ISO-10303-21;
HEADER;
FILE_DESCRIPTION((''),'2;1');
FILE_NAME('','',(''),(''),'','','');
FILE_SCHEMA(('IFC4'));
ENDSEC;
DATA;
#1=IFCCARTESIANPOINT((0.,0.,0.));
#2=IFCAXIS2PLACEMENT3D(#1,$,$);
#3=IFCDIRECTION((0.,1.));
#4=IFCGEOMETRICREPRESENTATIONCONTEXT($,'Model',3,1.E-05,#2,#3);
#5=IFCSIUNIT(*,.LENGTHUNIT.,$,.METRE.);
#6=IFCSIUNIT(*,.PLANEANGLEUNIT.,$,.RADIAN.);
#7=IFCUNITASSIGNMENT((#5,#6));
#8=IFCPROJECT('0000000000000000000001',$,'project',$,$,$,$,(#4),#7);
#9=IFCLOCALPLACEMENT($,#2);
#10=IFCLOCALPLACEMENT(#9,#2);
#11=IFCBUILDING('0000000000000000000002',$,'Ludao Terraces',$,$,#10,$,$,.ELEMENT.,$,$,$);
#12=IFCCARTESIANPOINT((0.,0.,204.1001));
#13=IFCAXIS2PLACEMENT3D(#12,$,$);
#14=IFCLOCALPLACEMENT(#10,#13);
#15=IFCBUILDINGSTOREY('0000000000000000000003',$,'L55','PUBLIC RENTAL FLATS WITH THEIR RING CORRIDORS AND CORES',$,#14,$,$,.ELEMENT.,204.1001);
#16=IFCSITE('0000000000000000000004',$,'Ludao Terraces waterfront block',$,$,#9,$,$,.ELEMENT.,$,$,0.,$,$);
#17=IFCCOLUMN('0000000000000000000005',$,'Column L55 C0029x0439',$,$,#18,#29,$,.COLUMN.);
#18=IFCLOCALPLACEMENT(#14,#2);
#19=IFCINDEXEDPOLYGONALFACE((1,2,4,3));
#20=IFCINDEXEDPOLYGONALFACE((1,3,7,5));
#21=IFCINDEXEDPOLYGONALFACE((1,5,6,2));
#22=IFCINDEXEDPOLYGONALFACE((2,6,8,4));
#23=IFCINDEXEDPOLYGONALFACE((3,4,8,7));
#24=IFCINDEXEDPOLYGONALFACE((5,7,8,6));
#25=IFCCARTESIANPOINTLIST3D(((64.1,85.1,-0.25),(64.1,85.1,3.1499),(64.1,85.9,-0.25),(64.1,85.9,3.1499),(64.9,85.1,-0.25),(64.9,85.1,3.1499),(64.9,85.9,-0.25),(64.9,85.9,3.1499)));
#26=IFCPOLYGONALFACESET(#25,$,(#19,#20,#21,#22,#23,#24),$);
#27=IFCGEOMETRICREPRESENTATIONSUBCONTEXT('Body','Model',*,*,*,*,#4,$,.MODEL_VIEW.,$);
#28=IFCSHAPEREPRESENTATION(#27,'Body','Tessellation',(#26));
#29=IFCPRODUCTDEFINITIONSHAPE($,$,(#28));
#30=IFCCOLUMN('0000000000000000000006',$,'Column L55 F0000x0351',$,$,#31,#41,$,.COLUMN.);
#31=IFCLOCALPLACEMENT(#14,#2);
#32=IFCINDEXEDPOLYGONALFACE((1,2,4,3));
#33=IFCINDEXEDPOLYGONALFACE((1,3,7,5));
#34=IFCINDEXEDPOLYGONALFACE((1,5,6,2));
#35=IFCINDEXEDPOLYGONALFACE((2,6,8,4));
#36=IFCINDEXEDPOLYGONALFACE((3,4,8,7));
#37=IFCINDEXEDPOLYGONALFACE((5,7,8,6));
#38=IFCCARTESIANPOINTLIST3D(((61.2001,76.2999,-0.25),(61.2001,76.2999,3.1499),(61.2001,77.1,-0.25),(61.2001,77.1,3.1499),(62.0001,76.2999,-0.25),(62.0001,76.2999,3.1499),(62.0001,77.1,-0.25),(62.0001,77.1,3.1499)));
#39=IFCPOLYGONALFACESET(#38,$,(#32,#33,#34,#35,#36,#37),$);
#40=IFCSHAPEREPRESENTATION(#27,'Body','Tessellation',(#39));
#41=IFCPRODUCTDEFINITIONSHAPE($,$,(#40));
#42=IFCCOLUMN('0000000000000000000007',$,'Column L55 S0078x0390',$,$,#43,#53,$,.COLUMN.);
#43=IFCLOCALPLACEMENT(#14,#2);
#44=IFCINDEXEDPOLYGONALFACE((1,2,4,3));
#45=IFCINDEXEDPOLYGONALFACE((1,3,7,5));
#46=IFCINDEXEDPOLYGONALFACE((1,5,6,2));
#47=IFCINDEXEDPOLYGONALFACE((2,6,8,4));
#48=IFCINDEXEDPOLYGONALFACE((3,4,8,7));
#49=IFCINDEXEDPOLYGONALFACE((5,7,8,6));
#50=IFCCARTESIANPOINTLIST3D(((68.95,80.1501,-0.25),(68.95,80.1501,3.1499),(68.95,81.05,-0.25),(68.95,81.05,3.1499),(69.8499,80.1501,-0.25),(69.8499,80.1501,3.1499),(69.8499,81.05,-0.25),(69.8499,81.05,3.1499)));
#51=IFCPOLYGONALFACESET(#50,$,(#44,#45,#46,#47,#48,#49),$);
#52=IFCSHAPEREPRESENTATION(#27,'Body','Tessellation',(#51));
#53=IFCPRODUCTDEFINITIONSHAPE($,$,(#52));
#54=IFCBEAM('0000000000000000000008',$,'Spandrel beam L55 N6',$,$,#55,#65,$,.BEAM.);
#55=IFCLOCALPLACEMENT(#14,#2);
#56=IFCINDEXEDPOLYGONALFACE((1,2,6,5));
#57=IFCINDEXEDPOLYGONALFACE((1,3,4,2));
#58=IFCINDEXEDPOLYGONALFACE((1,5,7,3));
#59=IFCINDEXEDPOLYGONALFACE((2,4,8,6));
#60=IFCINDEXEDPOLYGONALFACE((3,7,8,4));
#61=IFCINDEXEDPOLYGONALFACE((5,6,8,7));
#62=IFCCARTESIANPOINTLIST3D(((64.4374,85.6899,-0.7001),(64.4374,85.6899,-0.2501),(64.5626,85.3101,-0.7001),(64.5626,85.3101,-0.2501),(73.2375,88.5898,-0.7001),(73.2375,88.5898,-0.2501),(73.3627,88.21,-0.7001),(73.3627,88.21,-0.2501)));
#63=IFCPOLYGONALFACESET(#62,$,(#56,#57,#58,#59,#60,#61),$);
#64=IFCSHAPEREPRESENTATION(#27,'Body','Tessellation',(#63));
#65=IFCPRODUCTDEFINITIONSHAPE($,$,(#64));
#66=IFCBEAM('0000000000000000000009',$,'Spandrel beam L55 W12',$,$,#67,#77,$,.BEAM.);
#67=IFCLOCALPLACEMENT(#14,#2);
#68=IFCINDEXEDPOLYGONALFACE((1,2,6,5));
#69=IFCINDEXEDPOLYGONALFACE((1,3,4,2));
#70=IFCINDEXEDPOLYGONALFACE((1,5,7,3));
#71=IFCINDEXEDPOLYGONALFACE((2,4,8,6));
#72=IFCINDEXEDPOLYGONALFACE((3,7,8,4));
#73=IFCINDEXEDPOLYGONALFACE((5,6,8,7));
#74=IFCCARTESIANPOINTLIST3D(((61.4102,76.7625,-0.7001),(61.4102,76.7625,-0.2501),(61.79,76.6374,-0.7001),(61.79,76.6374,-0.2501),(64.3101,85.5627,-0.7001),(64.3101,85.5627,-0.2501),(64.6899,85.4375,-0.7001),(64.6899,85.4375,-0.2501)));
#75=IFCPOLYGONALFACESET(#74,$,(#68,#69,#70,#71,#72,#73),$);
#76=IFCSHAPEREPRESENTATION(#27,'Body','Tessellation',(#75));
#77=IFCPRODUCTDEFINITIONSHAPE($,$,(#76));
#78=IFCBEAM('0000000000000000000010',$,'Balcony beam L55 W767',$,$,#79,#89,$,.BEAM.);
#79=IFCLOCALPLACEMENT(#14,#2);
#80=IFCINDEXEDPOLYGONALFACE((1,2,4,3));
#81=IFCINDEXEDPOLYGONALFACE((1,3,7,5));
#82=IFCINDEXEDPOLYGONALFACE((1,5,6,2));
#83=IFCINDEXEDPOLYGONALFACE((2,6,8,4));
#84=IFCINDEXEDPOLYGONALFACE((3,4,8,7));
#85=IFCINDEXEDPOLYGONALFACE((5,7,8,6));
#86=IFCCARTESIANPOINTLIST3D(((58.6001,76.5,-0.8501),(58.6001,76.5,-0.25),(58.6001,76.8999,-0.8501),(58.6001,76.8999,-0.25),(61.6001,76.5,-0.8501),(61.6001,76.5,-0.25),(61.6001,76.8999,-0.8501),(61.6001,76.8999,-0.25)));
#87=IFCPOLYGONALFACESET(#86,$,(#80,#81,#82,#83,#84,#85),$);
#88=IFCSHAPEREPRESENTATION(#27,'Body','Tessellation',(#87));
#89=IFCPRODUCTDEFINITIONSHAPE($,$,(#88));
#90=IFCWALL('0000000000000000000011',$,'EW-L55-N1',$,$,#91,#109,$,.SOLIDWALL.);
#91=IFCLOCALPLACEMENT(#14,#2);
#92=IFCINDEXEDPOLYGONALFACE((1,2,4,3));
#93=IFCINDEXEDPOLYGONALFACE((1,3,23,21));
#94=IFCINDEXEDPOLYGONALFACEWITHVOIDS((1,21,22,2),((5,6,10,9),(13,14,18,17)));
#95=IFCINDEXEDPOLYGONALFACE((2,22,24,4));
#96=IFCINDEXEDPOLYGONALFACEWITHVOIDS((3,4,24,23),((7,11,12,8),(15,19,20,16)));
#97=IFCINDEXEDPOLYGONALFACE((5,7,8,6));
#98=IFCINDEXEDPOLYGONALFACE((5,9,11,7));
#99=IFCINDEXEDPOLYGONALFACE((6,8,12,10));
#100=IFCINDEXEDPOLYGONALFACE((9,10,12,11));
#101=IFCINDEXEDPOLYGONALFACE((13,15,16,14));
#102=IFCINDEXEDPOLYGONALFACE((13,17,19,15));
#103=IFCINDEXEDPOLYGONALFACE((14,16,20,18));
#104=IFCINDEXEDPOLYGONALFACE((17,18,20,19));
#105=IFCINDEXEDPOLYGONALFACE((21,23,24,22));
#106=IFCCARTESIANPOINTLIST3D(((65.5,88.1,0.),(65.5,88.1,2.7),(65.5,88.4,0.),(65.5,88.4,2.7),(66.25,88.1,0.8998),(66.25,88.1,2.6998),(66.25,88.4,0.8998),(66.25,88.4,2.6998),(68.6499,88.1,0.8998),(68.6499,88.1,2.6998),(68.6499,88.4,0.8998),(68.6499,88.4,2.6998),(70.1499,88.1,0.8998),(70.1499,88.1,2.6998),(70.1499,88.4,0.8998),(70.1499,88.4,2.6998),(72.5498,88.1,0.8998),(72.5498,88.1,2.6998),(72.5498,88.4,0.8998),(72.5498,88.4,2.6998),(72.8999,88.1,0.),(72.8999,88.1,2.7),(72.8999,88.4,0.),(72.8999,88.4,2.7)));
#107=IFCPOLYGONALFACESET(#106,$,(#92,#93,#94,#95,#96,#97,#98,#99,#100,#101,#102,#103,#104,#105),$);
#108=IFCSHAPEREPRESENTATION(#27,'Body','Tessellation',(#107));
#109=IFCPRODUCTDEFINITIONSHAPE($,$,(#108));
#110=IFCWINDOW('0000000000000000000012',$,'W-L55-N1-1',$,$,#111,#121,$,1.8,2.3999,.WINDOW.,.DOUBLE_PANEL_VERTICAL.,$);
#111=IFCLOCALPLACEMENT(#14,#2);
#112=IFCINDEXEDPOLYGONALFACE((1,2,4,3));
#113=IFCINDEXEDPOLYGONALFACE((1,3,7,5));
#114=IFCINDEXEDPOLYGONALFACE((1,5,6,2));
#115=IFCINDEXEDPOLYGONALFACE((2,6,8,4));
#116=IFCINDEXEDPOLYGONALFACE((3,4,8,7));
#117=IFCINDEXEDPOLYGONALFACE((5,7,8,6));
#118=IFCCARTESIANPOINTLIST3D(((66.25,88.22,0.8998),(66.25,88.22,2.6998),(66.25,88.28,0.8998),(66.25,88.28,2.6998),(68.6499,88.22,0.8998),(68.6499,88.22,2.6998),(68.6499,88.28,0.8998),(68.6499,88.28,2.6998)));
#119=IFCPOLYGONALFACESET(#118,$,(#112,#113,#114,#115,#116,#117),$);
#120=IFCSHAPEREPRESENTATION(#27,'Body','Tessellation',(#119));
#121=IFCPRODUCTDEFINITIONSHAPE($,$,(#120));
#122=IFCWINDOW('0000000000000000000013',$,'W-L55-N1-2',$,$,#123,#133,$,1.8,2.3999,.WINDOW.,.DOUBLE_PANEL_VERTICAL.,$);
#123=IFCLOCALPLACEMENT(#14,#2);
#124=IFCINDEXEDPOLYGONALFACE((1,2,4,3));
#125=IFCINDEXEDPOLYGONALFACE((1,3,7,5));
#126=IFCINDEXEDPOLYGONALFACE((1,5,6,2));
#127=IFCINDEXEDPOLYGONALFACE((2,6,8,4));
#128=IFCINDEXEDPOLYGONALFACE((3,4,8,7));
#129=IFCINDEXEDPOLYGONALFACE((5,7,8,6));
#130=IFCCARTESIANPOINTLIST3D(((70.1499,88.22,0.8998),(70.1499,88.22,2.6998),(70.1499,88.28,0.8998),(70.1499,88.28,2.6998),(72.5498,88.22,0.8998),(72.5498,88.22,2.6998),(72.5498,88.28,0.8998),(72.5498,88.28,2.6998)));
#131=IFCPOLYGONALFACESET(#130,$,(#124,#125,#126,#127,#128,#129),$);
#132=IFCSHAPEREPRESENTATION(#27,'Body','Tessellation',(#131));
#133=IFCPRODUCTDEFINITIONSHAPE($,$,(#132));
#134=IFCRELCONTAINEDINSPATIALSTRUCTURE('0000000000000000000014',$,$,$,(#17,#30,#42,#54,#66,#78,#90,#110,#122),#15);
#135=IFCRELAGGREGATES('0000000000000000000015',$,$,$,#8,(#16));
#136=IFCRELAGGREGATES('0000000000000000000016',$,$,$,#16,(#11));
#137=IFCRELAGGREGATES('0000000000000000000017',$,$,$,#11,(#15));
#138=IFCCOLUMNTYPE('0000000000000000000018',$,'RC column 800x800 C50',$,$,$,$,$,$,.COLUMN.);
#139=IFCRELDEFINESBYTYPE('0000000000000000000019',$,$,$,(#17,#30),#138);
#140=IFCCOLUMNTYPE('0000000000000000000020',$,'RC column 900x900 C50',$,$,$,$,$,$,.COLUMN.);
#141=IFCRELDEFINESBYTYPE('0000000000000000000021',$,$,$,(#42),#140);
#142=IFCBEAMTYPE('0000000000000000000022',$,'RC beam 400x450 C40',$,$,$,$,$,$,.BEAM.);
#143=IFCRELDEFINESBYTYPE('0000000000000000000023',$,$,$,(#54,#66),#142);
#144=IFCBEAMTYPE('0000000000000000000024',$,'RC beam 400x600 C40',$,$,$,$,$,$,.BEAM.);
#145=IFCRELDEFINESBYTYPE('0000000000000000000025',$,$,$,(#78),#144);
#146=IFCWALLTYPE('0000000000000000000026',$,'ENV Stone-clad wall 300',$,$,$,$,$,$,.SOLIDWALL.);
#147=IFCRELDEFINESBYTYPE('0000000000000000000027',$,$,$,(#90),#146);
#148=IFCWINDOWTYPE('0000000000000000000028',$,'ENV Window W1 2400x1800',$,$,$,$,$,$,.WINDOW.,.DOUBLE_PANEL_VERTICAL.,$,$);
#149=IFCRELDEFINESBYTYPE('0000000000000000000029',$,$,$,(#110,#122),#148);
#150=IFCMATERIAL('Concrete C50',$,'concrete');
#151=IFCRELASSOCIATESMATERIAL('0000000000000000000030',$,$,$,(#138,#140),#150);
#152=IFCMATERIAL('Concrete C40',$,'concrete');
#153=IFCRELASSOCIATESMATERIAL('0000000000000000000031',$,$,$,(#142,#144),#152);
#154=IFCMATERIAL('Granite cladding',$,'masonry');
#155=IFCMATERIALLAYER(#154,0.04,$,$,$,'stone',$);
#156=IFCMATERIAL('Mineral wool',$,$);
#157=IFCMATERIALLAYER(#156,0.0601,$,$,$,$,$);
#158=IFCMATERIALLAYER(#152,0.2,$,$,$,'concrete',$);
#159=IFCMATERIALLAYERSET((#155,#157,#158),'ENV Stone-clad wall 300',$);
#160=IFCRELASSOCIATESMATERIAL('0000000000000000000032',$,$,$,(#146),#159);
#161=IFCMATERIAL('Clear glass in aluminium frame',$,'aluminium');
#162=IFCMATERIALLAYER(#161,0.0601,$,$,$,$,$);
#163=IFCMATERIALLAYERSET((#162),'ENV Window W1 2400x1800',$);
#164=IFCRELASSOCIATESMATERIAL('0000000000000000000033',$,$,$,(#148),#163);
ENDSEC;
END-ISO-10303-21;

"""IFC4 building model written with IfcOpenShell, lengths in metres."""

from ifc_helpers import new_model, si_unit, direction, frame, frame_2d, origin, origin_2d, place, context, subcontext, project, spatial, rectangle, extrude, material, layer, layer_set, material_profile, profile_set, type_object, element, fill, save


model = new_model("IFC4")

# Units and contexts
model_context = context("Model", 3, precision=1e-05, world=origin(), true_north=direction((0.0, 1.0)))
body_context = subcontext(model_context, "Body", "Model", "MODEL_VIEW")
ifc_project = project(units=[si_unit("LENGTHUNIT", "METRE"), si_unit("PLANEANGLEUNIT", "RADIAN")], contexts=[model_context])

# Site, building, storey
site_placement = place(None, origin())
site = spatial("IfcSite", under=ifc_project, at=site_placement, Name="Ludao Terraces waterfront block", CompositionType="ELEMENT", RefElevation=0.0)
building_placement = place(site_placement, origin())
building = spatial("IfcBuilding", under=site, at=building_placement, Name="Ludao Terraces", CompositionType="ELEMENT")
storey_placement = place(building_placement, frame((0.0, 0.0, 204.1001)))
storey = spatial("IfcBuildingStorey", under=building, at=storey_placement, Name="L55", Description="PUBLIC RENTAL FLATS WITH THEIR RING CORRIDORS AND CORES", CompositionType="ELEMENT", Elevation=204.1001)

# Columns
ifc_material_1 = material(Name="Concrete C50", Category="concrete")
ifc_material_profile_1 = material_profile(ifc_material_1, rectangle(XDim=0.8, YDim=0.8, at=origin_2d()), Name="800 X 800")
ifc_profile_set_1 = profile_set([ifc_material_profile_1], Name="Concrete C50")
column_type_1 = type_object("IfcColumnType", Name="RC column 800x800 C50", PredefinedType="COLUMN", material=ifc_profile_set_1)
for number, where, z_axis, x_axis, name in (
    (1, (64.5, 85.5, -0.25), (0.0, 0.0, 1.0), (1.0, 0.0, 0.0), "Column L55 C0029x0439"),
    (2, (61.6001, 76.7, -0.25), (0.0, 0.0, 1.0), (1.0, 0.0, 0.0), "Column L55 F0000x0351"),
):
    element("IfcColumn", number, at=place(storey_placement, frame(where, z_axis=z_axis, x_axis=x_axis)), inside=storey, type_object=column_type_1, Name=name, PredefinedType="COLUMN", context=body_context, shape_type="SweptSolid", body=[
        extrude(rectangle(XDim=0.8, YDim=0.8, at=origin_2d()), origin(), (0.0, 0.0, 1.0), 3.3999),
    ])
ifc_material_profile_2 = material_profile(ifc_material_1, rectangle(XDim=0.8999, YDim=0.8999, at=origin_2d()), Name="900 X 900")
ifc_profile_set_2 = profile_set([ifc_material_profile_2], Name="Concrete C50")
column_type_2 = type_object("IfcColumnType", Name="RC column 900x900 C50", PredefinedType="COLUMN", material=ifc_profile_set_2)
column_placement = place(storey_placement, frame((69.3999, 80.6001, -0.25), z_axis=(0.0, 0.0, 1.0), x_axis=(1.0, 0.0, 0.0)))
element("IfcColumn", 3, at=column_placement, inside=storey, type_object=column_type_2, Name="Column L55 S0078x0390", PredefinedType="COLUMN", context=body_context, shape_type="SweptSolid", body=[
    extrude(rectangle(XDim=0.8999, YDim=0.8999, at=origin_2d()), origin(), (0.0, 0.0, 1.0), 3.3999),
])

# Beams
ifc_material_2 = material(Name="Concrete C40", Category="concrete")
ifc_material_profile_3 = material_profile(ifc_material_2, rectangle(XDim=0.3999, YDim=0.45, at=origin_2d()), Name="400 X 450")
ifc_profile_set_3 = profile_set([ifc_material_profile_3], Name="Concrete C40")
beam_type_1 = type_object("IfcBeamType", Name="RC beam 400x450 C40", PredefinedType="BEAM", material=ifc_profile_set_3)
for number, where, z_axis, x_axis, name in (
    (4, (64.5, 85.5, -0.4751), (0.949761, 0.312977, 0.0), (-0.312977, 0.949761, 0.0), "Spandrel beam L55 N6"),
    (5, (61.6001, 76.7, -0.4751), (0.312977, 0.949761, 0.0), (-0.949761, 0.312977, 0.0), "Spandrel beam L55 W12"),
):
    element("IfcBeam", number, at=place(storey_placement, frame(where, z_axis=z_axis, x_axis=x_axis)), inside=storey, type_object=beam_type_1, Name=name, PredefinedType="BEAM", context=body_context, shape_type="SweptSolid", body=[
        extrude(rectangle(XDim=0.3999, YDim=0.45, at=origin_2d()), origin(), (0.0, 0.0, 1.0), 9.2656),
    ])
ifc_material_profile_4 = material_profile(ifc_material_2, rectangle(XDim=0.3999, YDim=0.6001, at=origin_2d()), Name="400 X 600")
ifc_profile_set_4 = profile_set([ifc_material_profile_4], Name="Concrete C40")
beam_type_2 = type_object("IfcBeamType", Name="RC beam 400x600 C40", PredefinedType="BEAM", material=ifc_profile_set_4)
beam_placement = place(storey_placement, frame((61.6001, 76.7, -0.55), z_axis=(-1.0, 0.0, 0.0), x_axis=(0.0, -1.0, 0.0)))
element("IfcBeam", 6, at=beam_placement, inside=storey, type_object=beam_type_2, Name="Balcony beam L55 W767", PredefinedType="BEAM", context=body_context, shape_type="SweptSolid", body=[
    extrude(rectangle(XDim=0.3999, YDim=0.6001, at=origin_2d()), origin(), (0.0, 0.0, 1.0), 3.0),
])

# Wall, openings, windows
ifc_material_3 = material(Name="Granite cladding", Category="masonry")
ifc_layer_1 = layer(ifc_material_3, 0.04, Category="stone")
ifc_material_4 = material(Name="Mineral wool")
ifc_layer_2 = layer(ifc_material_4, 0.0601)
ifc_layer_3 = layer(ifc_material_2, 0.2, Category="concrete")
ifc_layer_set_1 = layer_set([ifc_layer_1, ifc_layer_2, ifc_layer_3], Name="ENV Stone-clad wall 300")
wall_type_1 = type_object("IfcWallType", Name="ENV Stone-clad wall 300", PredefinedType="SOLIDWALL", material=ifc_layer_set_1)
wall_1_placement = place(storey_placement, frame((65.5, 88.25, 0.0), z_axis=(0.0, 0.0, 1.0), x_axis=(1.0, 0.0, 0.0)))
wall_1 = element("IfcWall", 7, at=wall_1_placement, inside=storey, type_object=wall_type_1, Name="EW-L55-N1", PredefinedType="SOLIDWALL", context=body_context, shape_type="SweptSolid", body=[
    extrude(rectangle(XDim=7.3999, YDim=0.3, at=frame_2d((3.7, 0.0))), origin(), (0.0, 0.0, 1.0), 2.7),
])
opening_1_placement = place(wall_1_placement, frame((0.75, 0.0, 0.8999)))
opening_1 = element("IfcOpeningElement", 8, at=opening_1_placement, cuts=wall_1, PredefinedType="OPENING", context=body_context, shape_type="SweptSolid", body=[
    extrude(rectangle(XDim=2.3999, YDim=1.8, at=frame_2d((1.2, 0.8999))), frame((0.0, 0.1602, 0.0), z_axis=(0.0, -1.0, 0.0), x_axis=(1.0, 0.0, 0.0)), (0.0, 0.0, 1.0), 0.3201),
])
opening_2_placement = place(wall_1_placement, frame((4.6499, 0.0, 0.8999)))
opening_2 = element("IfcOpeningElement", 9, at=opening_2_placement, cuts=wall_1, PredefinedType="OPENING", context=body_context, shape_type="SweptSolid", body=[
    extrude(rectangle(XDim=2.3999, YDim=1.8, at=frame_2d((1.2, 0.8999))), frame((0.0, 0.1602, 0.0), z_axis=(0.0, -1.0, 0.0), x_axis=(1.0, 0.0, 0.0)), (0.0, 0.0, 1.0), 0.3201),
])
ifc_material_5 = material(Name="Clear glass in aluminium frame", Category="aluminium")
ifc_layer_4 = layer(ifc_material_5, 0.0601)
ifc_layer_set_2 = layer_set([ifc_layer_4], Name="ENV Window W1 2400x1800")
window_type_1 = type_object("IfcWindowType", Name="ENV Window W1 2400x1800", PartitioningType="DOUBLE_PANEL_VERTICAL", PredefinedType="WINDOW", material=ifc_layer_set_2)
window_1_placement = place(opening_1_placement, origin())
window_1 = element("IfcWindow", 10, at=window_1_placement, inside=storey, type_object=window_type_1, Name="W-L55-N1-1", OverallHeight=1.8, OverallWidth=2.3999, PartitioningType="DOUBLE_PANEL_VERTICAL", PredefinedType="WINDOW", context=body_context, shape_type="SweptSolid", body=[
    extrude(rectangle(XDim=2.3999, YDim=1.8, at=frame_2d((1.2, 0.8999))), frame((0.0, 0.03, 0.0), z_axis=(0.0, -1.0, 0.0), x_axis=(1.0, 0.0, 0.0)), (0.0, 0.0, 1.0), 0.0601),
])
fill(opening_1, window_1)
window_2_placement = place(opening_2_placement, origin())
window_2 = element("IfcWindow", 11, at=window_2_placement, inside=storey, type_object=window_type_1, Name="W-L55-N1-2", OverallHeight=1.8, OverallWidth=2.3999, PartitioningType="DOUBLE_PANEL_VERTICAL", PredefinedType="WINDOW", context=body_context, shape_type="SweptSolid", body=[
    extrude(rectangle(XDim=2.3999, YDim=1.8, at=frame_2d((1.2, 0.8999))), frame((0.0, 0.03, 0.0), z_axis=(0.0, -1.0, 0.0), x_axis=(1.0, 0.0, 0.0)), (0.0, 0.0, 1.0), 0.0601),
])
fill(opening_2, window_2)

save(model, "model.ifc")
